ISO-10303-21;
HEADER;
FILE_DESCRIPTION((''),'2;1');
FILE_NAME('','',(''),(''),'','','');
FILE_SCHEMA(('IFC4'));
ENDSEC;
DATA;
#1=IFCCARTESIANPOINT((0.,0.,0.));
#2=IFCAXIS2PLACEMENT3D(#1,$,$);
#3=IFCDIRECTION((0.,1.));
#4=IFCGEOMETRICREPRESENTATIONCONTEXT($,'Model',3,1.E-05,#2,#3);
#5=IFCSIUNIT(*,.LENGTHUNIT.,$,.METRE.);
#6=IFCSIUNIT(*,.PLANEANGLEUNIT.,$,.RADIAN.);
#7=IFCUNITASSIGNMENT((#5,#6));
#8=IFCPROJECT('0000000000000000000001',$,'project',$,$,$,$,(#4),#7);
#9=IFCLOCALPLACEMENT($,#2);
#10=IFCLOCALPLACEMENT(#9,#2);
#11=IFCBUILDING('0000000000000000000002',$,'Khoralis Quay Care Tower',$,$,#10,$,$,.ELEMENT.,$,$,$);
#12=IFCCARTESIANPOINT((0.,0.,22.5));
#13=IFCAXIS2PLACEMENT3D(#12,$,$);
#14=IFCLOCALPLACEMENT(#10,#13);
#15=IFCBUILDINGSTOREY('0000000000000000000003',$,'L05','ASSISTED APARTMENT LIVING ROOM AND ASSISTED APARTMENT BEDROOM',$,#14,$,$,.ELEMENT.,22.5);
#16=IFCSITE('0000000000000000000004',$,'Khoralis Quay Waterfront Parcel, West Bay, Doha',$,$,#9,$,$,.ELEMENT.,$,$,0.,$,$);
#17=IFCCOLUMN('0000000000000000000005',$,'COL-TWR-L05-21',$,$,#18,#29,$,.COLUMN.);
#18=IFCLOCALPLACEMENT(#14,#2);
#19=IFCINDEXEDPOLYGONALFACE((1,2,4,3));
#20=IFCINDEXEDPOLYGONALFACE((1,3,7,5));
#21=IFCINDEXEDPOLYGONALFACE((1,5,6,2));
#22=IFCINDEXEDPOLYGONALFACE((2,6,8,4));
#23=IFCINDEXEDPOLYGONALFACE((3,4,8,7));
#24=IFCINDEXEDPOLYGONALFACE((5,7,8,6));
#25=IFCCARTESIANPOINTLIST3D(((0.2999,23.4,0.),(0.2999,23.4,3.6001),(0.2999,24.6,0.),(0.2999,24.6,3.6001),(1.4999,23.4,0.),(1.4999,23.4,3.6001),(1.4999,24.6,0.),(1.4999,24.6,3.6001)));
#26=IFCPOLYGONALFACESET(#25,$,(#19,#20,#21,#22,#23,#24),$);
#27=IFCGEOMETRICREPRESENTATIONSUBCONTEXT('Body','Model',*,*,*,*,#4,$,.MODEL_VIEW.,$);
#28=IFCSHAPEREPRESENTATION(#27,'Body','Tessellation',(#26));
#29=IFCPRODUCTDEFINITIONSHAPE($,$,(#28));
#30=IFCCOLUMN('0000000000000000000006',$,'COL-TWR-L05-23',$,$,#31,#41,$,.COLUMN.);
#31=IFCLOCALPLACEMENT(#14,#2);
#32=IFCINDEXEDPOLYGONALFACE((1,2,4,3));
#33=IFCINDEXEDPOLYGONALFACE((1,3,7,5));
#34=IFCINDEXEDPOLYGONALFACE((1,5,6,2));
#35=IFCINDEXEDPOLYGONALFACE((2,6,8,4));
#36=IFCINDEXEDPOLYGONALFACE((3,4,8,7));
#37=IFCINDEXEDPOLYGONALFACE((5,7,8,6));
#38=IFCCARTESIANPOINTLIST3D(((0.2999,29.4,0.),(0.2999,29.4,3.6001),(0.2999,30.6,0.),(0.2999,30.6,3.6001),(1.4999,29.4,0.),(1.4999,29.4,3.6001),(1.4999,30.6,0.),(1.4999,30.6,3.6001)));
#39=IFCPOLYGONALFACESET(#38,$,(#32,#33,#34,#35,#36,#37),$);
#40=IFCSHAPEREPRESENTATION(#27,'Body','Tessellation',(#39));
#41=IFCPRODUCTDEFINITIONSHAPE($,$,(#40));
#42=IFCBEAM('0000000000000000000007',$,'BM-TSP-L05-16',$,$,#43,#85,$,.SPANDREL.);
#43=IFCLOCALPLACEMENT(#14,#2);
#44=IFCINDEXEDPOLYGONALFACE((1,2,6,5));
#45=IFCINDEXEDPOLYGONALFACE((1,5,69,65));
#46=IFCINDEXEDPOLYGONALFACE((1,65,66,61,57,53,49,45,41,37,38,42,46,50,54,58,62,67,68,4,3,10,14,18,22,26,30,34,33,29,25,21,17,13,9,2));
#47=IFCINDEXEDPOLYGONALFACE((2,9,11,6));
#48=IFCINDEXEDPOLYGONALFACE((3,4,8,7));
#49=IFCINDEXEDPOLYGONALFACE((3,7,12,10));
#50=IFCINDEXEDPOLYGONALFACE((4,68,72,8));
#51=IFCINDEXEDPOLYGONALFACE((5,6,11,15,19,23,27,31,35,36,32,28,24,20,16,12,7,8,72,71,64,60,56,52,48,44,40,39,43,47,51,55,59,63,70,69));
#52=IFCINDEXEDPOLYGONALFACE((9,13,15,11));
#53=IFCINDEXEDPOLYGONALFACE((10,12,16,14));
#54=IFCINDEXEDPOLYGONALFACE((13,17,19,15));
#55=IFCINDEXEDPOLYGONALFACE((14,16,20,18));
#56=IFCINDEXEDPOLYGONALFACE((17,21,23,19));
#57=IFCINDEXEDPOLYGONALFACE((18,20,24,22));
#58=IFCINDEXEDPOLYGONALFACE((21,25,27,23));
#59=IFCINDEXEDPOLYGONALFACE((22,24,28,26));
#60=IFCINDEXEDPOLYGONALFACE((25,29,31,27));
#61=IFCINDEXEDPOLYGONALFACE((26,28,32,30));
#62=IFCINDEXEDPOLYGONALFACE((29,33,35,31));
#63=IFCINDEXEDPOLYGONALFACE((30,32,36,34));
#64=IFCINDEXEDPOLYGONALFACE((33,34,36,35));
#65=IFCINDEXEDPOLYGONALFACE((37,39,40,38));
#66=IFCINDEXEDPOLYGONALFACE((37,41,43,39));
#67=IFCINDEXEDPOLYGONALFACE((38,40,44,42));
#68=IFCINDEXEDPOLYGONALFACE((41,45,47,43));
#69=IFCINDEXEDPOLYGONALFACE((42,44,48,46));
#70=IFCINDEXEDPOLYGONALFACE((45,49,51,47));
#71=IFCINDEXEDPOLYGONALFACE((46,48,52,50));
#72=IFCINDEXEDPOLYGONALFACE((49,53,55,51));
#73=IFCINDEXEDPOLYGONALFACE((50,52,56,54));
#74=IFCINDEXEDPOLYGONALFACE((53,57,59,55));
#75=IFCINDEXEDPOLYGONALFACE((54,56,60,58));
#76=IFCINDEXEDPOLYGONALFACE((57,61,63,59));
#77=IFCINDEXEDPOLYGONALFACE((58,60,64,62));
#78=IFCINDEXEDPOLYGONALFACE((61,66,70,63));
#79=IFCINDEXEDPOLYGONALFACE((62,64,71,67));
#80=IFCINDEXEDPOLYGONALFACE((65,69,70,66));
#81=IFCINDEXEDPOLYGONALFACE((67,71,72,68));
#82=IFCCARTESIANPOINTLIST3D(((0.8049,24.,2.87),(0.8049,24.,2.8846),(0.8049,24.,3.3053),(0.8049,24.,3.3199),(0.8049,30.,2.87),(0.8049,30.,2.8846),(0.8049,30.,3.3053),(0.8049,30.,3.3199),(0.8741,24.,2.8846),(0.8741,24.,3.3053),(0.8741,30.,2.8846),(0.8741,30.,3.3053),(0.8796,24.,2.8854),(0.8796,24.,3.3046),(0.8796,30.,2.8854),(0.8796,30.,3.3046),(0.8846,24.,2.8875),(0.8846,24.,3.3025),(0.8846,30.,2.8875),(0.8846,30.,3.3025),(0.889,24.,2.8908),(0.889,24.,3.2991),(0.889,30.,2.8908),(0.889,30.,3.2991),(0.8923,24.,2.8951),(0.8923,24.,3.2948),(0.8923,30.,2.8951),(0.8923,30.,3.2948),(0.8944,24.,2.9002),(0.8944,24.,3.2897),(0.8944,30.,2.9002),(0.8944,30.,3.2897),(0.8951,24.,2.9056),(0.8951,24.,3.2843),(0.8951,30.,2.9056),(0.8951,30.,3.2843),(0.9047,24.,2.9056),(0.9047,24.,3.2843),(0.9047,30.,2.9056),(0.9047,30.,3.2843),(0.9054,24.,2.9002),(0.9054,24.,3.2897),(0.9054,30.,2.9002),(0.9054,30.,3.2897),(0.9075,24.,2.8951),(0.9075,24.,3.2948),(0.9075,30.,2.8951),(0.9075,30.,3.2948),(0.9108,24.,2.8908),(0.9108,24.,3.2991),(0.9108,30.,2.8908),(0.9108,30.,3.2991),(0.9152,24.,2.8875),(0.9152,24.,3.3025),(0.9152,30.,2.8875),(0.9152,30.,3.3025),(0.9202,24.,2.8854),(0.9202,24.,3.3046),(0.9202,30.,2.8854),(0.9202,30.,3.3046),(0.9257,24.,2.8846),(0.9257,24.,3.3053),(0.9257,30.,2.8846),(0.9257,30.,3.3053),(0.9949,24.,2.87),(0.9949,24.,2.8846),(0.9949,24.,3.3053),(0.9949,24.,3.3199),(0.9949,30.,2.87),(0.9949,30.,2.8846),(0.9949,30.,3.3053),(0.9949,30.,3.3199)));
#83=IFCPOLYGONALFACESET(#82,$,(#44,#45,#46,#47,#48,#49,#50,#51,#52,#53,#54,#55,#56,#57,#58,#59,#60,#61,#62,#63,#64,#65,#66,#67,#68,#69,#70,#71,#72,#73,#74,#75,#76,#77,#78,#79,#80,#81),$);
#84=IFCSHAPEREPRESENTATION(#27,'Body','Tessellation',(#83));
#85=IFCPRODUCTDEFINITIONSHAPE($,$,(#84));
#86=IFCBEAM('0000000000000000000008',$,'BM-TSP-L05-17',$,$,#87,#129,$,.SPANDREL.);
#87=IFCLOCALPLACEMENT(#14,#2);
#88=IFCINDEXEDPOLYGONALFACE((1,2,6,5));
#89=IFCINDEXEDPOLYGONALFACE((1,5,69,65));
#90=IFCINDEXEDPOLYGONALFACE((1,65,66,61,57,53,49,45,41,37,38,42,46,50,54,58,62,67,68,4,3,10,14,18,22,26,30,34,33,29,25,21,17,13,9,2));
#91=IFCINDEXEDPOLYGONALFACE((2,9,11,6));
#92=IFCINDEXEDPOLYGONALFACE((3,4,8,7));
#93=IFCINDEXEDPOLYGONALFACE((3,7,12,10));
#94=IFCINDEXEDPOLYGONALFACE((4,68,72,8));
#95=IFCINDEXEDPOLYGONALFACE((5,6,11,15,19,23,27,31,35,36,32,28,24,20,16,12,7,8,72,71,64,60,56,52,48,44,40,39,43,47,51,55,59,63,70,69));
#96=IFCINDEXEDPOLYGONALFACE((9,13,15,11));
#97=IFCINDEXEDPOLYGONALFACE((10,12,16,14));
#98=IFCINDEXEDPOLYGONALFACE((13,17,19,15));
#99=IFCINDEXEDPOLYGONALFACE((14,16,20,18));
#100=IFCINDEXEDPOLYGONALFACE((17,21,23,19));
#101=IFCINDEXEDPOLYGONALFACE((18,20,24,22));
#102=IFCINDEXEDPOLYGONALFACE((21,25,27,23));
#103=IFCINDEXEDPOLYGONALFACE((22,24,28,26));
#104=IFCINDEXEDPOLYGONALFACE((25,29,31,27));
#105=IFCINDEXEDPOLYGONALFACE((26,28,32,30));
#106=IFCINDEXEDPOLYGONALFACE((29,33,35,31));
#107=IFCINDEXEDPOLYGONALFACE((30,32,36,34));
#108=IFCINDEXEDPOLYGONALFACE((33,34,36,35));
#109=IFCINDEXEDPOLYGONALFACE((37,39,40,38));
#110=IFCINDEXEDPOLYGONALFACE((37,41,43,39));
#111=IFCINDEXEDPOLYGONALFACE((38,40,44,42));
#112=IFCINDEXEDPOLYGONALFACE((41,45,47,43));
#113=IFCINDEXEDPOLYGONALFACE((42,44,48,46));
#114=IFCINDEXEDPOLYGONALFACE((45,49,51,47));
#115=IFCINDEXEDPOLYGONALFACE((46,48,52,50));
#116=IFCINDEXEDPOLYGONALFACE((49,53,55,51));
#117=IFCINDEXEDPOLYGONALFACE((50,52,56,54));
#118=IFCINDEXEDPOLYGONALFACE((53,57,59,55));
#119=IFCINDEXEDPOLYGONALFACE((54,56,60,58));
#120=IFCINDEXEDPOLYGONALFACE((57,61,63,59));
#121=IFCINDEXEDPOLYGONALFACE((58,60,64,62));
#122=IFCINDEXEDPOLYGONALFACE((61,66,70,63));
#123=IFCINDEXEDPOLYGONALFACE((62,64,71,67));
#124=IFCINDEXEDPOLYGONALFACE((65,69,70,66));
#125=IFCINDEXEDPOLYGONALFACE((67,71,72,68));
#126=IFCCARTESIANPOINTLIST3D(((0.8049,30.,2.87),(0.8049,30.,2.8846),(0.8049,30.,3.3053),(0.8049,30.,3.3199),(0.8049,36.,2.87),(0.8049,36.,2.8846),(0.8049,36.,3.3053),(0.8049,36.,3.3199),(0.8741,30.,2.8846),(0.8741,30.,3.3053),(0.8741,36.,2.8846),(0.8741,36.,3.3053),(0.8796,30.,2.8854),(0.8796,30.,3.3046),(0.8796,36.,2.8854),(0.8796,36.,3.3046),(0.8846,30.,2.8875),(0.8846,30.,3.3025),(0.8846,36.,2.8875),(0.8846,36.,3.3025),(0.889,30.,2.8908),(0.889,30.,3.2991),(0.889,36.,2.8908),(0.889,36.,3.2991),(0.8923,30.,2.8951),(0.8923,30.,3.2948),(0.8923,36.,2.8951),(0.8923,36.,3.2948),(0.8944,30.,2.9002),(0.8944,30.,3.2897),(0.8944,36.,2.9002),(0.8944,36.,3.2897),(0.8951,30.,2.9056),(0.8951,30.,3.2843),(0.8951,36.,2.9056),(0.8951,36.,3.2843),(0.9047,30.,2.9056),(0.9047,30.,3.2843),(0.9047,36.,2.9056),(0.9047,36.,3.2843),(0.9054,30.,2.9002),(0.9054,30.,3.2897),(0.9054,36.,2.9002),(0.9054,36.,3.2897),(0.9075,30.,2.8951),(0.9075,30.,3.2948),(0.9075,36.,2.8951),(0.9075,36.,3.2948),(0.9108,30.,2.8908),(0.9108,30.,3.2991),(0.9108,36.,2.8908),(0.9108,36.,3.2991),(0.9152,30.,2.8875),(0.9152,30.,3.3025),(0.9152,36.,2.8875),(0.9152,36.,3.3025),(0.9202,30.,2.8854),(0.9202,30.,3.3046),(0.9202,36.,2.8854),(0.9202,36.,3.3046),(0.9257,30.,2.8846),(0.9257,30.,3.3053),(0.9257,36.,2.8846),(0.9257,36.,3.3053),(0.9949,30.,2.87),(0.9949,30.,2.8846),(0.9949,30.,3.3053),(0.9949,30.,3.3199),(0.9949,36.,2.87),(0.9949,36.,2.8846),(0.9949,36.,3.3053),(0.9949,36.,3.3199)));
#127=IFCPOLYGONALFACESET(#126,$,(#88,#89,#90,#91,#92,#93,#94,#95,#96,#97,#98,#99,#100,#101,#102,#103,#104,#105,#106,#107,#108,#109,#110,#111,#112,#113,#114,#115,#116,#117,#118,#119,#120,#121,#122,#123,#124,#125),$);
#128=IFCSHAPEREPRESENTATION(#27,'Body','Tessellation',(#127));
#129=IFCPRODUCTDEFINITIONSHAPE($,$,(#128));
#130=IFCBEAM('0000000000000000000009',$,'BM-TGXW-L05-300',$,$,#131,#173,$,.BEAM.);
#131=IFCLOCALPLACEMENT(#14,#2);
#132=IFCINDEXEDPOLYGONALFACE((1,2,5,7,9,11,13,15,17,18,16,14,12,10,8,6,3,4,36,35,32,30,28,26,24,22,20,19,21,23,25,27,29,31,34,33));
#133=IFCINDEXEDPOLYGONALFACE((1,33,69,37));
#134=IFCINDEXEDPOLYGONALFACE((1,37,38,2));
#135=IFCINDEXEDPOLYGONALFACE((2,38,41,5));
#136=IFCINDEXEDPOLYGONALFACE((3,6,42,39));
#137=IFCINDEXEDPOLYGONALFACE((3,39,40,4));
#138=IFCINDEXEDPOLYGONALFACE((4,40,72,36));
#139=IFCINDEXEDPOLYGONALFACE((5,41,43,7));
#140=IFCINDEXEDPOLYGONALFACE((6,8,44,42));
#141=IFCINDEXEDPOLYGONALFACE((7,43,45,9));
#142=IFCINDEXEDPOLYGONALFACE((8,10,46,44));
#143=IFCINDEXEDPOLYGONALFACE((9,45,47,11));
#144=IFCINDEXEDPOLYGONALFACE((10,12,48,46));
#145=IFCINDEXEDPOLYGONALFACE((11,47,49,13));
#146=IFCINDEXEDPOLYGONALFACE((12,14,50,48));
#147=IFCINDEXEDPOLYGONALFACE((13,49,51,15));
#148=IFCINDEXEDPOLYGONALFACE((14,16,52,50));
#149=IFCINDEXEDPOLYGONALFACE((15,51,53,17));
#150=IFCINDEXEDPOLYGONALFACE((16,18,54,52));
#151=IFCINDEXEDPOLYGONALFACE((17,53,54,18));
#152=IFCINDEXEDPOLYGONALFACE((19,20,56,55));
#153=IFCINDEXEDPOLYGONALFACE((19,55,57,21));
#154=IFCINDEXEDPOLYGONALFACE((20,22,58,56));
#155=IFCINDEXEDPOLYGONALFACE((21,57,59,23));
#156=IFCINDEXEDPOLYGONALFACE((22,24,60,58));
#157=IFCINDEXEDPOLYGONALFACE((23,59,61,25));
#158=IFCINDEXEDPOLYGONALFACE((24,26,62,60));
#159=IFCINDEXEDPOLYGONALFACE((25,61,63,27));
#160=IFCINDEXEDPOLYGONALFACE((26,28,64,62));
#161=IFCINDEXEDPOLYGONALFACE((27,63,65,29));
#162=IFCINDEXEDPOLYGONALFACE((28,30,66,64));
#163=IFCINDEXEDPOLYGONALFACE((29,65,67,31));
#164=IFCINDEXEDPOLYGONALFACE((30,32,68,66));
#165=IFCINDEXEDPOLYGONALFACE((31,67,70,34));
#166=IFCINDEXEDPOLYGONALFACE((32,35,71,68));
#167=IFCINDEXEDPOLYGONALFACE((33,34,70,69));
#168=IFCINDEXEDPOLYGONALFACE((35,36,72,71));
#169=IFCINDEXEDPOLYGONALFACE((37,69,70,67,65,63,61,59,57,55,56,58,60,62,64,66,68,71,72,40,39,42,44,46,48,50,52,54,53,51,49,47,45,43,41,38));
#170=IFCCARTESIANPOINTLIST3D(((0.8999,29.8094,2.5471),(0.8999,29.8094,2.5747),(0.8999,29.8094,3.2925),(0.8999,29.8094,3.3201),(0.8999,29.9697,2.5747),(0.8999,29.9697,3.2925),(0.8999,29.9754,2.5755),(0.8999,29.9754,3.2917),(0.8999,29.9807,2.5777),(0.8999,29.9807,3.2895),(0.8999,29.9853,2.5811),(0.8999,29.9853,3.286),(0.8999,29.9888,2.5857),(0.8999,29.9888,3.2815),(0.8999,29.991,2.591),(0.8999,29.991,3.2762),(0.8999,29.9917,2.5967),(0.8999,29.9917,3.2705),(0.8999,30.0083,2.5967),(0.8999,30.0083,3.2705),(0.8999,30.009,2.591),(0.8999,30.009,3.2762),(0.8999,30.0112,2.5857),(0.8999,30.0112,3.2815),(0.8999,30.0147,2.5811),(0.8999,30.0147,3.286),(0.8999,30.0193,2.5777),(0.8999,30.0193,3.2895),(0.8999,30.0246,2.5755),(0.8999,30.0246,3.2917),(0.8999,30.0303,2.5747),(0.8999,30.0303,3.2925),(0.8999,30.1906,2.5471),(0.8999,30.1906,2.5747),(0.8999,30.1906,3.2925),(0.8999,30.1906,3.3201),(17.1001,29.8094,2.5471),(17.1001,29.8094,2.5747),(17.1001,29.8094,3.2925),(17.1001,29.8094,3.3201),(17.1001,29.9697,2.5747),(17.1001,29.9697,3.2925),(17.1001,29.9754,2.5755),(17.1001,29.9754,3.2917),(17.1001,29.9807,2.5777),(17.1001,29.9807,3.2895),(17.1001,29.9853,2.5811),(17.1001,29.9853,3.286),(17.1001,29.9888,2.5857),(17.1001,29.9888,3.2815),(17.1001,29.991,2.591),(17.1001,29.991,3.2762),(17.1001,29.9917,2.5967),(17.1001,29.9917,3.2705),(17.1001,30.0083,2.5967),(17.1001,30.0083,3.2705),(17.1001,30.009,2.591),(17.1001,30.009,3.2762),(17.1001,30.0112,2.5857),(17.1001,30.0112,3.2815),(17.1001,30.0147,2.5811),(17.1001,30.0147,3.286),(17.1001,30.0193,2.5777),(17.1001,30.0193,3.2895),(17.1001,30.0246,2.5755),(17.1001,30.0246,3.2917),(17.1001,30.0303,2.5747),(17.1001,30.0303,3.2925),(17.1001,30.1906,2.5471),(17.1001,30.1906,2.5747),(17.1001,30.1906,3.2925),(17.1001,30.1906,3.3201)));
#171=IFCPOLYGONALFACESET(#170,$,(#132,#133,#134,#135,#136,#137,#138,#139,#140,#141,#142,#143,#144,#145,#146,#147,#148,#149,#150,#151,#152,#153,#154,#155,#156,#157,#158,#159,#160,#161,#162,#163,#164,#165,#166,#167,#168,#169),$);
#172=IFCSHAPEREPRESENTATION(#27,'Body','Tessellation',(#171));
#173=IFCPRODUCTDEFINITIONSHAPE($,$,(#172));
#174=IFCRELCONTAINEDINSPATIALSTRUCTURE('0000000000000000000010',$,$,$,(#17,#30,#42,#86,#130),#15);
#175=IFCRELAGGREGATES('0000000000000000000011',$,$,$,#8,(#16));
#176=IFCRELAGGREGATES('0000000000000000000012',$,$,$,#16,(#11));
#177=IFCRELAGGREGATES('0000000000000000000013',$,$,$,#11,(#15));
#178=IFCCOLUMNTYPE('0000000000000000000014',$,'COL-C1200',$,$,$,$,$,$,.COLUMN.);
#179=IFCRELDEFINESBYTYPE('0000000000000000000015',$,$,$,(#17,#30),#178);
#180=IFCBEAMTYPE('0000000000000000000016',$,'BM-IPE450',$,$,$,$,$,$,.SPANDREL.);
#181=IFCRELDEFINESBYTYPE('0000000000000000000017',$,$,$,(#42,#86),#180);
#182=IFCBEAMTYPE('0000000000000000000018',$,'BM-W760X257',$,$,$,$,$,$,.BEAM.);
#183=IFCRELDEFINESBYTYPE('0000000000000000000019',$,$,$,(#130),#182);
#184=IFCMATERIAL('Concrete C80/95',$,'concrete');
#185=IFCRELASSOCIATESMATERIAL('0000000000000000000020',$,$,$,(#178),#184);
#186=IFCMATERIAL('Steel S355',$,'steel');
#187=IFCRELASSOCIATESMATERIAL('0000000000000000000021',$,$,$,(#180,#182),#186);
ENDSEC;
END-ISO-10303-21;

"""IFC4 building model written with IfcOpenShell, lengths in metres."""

from ifc_helpers import new_model, si_unit, direction, frame, origin, origin_2d, place, context, subcontext, project, spatial, rectangle, i_section, extrude, source, transform, mapped, material, material_profile, profile_set, type_object, element, save


model = new_model("IFC4")

# Units and contexts
model_context = context("Model", 3, precision=1e-05, world=origin(), true_north=direction((0.0, 1.0)))
body_context = subcontext(model_context, "Body", "Model", "MODEL_VIEW")
ifc_project = project(units=[si_unit("LENGTHUNIT", "METRE"), si_unit("PLANEANGLEUNIT", "RADIAN")], contexts=[model_context])

# Site, building, storey
site_placement = place(None, origin())
site = spatial("IfcSite", under=ifc_project, at=site_placement, Name="Khoralis Quay Waterfront Parcel, West Bay, Doha", CompositionType="ELEMENT", RefElevation=0.0)
building_placement = place(site_placement, origin())
building = spatial("IfcBuilding", under=site, at=building_placement, Name="Khoralis Quay Care Tower", CompositionType="ELEMENT")
storey_placement = place(building_placement, frame((0.0, 0.0, 22.5)))
storey = spatial("IfcBuildingStorey", under=building, at=storey_placement, Name="L05", Description="ASSISTED APARTMENT LIVING ROOM AND ASSISTED APARTMENT BEDROOM", CompositionType="ELEMENT", Elevation=22.5)

# Columns
ifc_material_1 = material(Name="Concrete C80/95", Category="concrete")
ifc_material_profile_1 = material_profile(ifc_material_1, rectangle(XDim=1.2, YDim=1.2, at=origin_2d()), Name="Concrete C80/95")
ifc_profile_set_1 = profile_set([ifc_material_profile_1], Name="Concrete C80/95")
column_type = type_object("IfcColumnType", Name="COL-C1200", PredefinedType="COLUMN", material=ifc_profile_set_1)
shared_shape_1 = source(origin(), body_context, "Body", "SweptSolid", [
    extrude(rectangle(XDim=1.2, YDim=1.2, at=origin_2d()), origin(), (0.0, 0.0, 1.0), 3.6001),
])
for number, where, z_axis, x_axis, name in (
    (1, (0.8999, 24.0, 0.0), (0.0, 0.0, 1.0), (1.0, 0.0, 0.0), "COL-TWR-L05-21"),
    (2, (0.8999, 30.0, 0.0), (0.0, 0.0, 1.0), (1.0, 0.0, 0.0), "COL-TWR-L05-23"),
):
    element("IfcColumn", number, at=place(storey_placement, frame(where, z_axis=z_axis, x_axis=x_axis)), inside=storey, type_object=column_type, Name=name, PredefinedType="COLUMN", context=body_context, shape_type="MappedRepresentation", body=[
        mapped(shared_shape_1, transform((0.0, 0.0, 0.0), scale=1.0)),
    ])

# Beams
ifc_material_2 = material(Name="Steel S355", Category="steel")
ifc_material_profile_2 = material_profile(ifc_material_2, i_section(OverallWidth=0.1899, OverallDepth=0.45, WebThickness=0.0095, FlangeThickness=0.0146, FilletRadius=0.021, at=origin_2d()), Name="Steel S355")
ifc_profile_set_2 = profile_set([ifc_material_profile_2], Name="Steel S355")
beam_type_1 = type_object("IfcBeamType", Name="BM-IPE450", PredefinedType="SPANDREL", material=ifc_profile_set_2)
shared_shape_2 = source(origin(), body_context, "Body", "SweptSolid", [
    extrude(i_section(OverallWidth=0.1899, OverallDepth=0.45, WebThickness=0.0095, FlangeThickness=0.0146, FilletRadius=0.021, at=origin_2d()), origin(), (0.0, 0.0, 1.0), 6.0),
])
for number, where, z_axis, x_axis, name in (
    (3, (0.8999, 24.0, 3.095), (0.0, 1.0, 0.0), (-1.0, 0.0, 0.0), "BM-TSP-L05-16"),
    (4, (0.8999, 30.0, 3.095), (0.0, 1.0, 0.0), (-1.0, 0.0, 0.0), "BM-TSP-L05-17"),
):
    element("IfcBeam", number, at=place(storey_placement, frame(where, z_axis=z_axis, x_axis=x_axis)), inside=storey, type_object=beam_type_1, Name=name, PredefinedType="SPANDREL", context=body_context, shape_type="MappedRepresentation", body=[
        mapped(shared_shape_2, transform((0.0, 0.0, 0.0), scale=1.0)),
    ])
ifc_material_profile_3 = material_profile(ifc_material_2, i_section(OverallWidth=0.3811, OverallDepth=0.7729, WebThickness=0.0166, FlangeThickness=0.0276, FilletRadius=0.022, at=origin_2d()), Name="Steel S355")
ifc_profile_set_3 = profile_set([ifc_material_profile_3], Name="Steel S355")
beam_type_2 = type_object("IfcBeamType", Name="BM-W760X257", PredefinedType="BEAM", material=ifc_profile_set_3)
shared_shape_3 = source(origin(), body_context, "Body", "SweptSolid", [
    extrude(i_section(OverallWidth=0.3811, OverallDepth=0.7729, WebThickness=0.0166, FlangeThickness=0.0276, FilletRadius=0.022, at=origin_2d()), origin(), (0.0, 0.0, 1.0), 16.2002),
])
beam_1_placement = place(storey_placement, frame((0.8999, 30.0, 2.9336), z_axis=(1.0, 0.0, 0.0), x_axis=(0.0, 1.0, 0.0)))
element("IfcBeam", 5, at=beam_1_placement, inside=storey, type_object=beam_type_2, Name="BM-TGXW-L05-300", PredefinedType="BEAM", context=body_context, shape_type="MappedRepresentation", body=[
    mapped(shared_shape_3, transform((0.0, 0.0, 0.0), scale=1.0)),
])

save(model, "model.ifc")
